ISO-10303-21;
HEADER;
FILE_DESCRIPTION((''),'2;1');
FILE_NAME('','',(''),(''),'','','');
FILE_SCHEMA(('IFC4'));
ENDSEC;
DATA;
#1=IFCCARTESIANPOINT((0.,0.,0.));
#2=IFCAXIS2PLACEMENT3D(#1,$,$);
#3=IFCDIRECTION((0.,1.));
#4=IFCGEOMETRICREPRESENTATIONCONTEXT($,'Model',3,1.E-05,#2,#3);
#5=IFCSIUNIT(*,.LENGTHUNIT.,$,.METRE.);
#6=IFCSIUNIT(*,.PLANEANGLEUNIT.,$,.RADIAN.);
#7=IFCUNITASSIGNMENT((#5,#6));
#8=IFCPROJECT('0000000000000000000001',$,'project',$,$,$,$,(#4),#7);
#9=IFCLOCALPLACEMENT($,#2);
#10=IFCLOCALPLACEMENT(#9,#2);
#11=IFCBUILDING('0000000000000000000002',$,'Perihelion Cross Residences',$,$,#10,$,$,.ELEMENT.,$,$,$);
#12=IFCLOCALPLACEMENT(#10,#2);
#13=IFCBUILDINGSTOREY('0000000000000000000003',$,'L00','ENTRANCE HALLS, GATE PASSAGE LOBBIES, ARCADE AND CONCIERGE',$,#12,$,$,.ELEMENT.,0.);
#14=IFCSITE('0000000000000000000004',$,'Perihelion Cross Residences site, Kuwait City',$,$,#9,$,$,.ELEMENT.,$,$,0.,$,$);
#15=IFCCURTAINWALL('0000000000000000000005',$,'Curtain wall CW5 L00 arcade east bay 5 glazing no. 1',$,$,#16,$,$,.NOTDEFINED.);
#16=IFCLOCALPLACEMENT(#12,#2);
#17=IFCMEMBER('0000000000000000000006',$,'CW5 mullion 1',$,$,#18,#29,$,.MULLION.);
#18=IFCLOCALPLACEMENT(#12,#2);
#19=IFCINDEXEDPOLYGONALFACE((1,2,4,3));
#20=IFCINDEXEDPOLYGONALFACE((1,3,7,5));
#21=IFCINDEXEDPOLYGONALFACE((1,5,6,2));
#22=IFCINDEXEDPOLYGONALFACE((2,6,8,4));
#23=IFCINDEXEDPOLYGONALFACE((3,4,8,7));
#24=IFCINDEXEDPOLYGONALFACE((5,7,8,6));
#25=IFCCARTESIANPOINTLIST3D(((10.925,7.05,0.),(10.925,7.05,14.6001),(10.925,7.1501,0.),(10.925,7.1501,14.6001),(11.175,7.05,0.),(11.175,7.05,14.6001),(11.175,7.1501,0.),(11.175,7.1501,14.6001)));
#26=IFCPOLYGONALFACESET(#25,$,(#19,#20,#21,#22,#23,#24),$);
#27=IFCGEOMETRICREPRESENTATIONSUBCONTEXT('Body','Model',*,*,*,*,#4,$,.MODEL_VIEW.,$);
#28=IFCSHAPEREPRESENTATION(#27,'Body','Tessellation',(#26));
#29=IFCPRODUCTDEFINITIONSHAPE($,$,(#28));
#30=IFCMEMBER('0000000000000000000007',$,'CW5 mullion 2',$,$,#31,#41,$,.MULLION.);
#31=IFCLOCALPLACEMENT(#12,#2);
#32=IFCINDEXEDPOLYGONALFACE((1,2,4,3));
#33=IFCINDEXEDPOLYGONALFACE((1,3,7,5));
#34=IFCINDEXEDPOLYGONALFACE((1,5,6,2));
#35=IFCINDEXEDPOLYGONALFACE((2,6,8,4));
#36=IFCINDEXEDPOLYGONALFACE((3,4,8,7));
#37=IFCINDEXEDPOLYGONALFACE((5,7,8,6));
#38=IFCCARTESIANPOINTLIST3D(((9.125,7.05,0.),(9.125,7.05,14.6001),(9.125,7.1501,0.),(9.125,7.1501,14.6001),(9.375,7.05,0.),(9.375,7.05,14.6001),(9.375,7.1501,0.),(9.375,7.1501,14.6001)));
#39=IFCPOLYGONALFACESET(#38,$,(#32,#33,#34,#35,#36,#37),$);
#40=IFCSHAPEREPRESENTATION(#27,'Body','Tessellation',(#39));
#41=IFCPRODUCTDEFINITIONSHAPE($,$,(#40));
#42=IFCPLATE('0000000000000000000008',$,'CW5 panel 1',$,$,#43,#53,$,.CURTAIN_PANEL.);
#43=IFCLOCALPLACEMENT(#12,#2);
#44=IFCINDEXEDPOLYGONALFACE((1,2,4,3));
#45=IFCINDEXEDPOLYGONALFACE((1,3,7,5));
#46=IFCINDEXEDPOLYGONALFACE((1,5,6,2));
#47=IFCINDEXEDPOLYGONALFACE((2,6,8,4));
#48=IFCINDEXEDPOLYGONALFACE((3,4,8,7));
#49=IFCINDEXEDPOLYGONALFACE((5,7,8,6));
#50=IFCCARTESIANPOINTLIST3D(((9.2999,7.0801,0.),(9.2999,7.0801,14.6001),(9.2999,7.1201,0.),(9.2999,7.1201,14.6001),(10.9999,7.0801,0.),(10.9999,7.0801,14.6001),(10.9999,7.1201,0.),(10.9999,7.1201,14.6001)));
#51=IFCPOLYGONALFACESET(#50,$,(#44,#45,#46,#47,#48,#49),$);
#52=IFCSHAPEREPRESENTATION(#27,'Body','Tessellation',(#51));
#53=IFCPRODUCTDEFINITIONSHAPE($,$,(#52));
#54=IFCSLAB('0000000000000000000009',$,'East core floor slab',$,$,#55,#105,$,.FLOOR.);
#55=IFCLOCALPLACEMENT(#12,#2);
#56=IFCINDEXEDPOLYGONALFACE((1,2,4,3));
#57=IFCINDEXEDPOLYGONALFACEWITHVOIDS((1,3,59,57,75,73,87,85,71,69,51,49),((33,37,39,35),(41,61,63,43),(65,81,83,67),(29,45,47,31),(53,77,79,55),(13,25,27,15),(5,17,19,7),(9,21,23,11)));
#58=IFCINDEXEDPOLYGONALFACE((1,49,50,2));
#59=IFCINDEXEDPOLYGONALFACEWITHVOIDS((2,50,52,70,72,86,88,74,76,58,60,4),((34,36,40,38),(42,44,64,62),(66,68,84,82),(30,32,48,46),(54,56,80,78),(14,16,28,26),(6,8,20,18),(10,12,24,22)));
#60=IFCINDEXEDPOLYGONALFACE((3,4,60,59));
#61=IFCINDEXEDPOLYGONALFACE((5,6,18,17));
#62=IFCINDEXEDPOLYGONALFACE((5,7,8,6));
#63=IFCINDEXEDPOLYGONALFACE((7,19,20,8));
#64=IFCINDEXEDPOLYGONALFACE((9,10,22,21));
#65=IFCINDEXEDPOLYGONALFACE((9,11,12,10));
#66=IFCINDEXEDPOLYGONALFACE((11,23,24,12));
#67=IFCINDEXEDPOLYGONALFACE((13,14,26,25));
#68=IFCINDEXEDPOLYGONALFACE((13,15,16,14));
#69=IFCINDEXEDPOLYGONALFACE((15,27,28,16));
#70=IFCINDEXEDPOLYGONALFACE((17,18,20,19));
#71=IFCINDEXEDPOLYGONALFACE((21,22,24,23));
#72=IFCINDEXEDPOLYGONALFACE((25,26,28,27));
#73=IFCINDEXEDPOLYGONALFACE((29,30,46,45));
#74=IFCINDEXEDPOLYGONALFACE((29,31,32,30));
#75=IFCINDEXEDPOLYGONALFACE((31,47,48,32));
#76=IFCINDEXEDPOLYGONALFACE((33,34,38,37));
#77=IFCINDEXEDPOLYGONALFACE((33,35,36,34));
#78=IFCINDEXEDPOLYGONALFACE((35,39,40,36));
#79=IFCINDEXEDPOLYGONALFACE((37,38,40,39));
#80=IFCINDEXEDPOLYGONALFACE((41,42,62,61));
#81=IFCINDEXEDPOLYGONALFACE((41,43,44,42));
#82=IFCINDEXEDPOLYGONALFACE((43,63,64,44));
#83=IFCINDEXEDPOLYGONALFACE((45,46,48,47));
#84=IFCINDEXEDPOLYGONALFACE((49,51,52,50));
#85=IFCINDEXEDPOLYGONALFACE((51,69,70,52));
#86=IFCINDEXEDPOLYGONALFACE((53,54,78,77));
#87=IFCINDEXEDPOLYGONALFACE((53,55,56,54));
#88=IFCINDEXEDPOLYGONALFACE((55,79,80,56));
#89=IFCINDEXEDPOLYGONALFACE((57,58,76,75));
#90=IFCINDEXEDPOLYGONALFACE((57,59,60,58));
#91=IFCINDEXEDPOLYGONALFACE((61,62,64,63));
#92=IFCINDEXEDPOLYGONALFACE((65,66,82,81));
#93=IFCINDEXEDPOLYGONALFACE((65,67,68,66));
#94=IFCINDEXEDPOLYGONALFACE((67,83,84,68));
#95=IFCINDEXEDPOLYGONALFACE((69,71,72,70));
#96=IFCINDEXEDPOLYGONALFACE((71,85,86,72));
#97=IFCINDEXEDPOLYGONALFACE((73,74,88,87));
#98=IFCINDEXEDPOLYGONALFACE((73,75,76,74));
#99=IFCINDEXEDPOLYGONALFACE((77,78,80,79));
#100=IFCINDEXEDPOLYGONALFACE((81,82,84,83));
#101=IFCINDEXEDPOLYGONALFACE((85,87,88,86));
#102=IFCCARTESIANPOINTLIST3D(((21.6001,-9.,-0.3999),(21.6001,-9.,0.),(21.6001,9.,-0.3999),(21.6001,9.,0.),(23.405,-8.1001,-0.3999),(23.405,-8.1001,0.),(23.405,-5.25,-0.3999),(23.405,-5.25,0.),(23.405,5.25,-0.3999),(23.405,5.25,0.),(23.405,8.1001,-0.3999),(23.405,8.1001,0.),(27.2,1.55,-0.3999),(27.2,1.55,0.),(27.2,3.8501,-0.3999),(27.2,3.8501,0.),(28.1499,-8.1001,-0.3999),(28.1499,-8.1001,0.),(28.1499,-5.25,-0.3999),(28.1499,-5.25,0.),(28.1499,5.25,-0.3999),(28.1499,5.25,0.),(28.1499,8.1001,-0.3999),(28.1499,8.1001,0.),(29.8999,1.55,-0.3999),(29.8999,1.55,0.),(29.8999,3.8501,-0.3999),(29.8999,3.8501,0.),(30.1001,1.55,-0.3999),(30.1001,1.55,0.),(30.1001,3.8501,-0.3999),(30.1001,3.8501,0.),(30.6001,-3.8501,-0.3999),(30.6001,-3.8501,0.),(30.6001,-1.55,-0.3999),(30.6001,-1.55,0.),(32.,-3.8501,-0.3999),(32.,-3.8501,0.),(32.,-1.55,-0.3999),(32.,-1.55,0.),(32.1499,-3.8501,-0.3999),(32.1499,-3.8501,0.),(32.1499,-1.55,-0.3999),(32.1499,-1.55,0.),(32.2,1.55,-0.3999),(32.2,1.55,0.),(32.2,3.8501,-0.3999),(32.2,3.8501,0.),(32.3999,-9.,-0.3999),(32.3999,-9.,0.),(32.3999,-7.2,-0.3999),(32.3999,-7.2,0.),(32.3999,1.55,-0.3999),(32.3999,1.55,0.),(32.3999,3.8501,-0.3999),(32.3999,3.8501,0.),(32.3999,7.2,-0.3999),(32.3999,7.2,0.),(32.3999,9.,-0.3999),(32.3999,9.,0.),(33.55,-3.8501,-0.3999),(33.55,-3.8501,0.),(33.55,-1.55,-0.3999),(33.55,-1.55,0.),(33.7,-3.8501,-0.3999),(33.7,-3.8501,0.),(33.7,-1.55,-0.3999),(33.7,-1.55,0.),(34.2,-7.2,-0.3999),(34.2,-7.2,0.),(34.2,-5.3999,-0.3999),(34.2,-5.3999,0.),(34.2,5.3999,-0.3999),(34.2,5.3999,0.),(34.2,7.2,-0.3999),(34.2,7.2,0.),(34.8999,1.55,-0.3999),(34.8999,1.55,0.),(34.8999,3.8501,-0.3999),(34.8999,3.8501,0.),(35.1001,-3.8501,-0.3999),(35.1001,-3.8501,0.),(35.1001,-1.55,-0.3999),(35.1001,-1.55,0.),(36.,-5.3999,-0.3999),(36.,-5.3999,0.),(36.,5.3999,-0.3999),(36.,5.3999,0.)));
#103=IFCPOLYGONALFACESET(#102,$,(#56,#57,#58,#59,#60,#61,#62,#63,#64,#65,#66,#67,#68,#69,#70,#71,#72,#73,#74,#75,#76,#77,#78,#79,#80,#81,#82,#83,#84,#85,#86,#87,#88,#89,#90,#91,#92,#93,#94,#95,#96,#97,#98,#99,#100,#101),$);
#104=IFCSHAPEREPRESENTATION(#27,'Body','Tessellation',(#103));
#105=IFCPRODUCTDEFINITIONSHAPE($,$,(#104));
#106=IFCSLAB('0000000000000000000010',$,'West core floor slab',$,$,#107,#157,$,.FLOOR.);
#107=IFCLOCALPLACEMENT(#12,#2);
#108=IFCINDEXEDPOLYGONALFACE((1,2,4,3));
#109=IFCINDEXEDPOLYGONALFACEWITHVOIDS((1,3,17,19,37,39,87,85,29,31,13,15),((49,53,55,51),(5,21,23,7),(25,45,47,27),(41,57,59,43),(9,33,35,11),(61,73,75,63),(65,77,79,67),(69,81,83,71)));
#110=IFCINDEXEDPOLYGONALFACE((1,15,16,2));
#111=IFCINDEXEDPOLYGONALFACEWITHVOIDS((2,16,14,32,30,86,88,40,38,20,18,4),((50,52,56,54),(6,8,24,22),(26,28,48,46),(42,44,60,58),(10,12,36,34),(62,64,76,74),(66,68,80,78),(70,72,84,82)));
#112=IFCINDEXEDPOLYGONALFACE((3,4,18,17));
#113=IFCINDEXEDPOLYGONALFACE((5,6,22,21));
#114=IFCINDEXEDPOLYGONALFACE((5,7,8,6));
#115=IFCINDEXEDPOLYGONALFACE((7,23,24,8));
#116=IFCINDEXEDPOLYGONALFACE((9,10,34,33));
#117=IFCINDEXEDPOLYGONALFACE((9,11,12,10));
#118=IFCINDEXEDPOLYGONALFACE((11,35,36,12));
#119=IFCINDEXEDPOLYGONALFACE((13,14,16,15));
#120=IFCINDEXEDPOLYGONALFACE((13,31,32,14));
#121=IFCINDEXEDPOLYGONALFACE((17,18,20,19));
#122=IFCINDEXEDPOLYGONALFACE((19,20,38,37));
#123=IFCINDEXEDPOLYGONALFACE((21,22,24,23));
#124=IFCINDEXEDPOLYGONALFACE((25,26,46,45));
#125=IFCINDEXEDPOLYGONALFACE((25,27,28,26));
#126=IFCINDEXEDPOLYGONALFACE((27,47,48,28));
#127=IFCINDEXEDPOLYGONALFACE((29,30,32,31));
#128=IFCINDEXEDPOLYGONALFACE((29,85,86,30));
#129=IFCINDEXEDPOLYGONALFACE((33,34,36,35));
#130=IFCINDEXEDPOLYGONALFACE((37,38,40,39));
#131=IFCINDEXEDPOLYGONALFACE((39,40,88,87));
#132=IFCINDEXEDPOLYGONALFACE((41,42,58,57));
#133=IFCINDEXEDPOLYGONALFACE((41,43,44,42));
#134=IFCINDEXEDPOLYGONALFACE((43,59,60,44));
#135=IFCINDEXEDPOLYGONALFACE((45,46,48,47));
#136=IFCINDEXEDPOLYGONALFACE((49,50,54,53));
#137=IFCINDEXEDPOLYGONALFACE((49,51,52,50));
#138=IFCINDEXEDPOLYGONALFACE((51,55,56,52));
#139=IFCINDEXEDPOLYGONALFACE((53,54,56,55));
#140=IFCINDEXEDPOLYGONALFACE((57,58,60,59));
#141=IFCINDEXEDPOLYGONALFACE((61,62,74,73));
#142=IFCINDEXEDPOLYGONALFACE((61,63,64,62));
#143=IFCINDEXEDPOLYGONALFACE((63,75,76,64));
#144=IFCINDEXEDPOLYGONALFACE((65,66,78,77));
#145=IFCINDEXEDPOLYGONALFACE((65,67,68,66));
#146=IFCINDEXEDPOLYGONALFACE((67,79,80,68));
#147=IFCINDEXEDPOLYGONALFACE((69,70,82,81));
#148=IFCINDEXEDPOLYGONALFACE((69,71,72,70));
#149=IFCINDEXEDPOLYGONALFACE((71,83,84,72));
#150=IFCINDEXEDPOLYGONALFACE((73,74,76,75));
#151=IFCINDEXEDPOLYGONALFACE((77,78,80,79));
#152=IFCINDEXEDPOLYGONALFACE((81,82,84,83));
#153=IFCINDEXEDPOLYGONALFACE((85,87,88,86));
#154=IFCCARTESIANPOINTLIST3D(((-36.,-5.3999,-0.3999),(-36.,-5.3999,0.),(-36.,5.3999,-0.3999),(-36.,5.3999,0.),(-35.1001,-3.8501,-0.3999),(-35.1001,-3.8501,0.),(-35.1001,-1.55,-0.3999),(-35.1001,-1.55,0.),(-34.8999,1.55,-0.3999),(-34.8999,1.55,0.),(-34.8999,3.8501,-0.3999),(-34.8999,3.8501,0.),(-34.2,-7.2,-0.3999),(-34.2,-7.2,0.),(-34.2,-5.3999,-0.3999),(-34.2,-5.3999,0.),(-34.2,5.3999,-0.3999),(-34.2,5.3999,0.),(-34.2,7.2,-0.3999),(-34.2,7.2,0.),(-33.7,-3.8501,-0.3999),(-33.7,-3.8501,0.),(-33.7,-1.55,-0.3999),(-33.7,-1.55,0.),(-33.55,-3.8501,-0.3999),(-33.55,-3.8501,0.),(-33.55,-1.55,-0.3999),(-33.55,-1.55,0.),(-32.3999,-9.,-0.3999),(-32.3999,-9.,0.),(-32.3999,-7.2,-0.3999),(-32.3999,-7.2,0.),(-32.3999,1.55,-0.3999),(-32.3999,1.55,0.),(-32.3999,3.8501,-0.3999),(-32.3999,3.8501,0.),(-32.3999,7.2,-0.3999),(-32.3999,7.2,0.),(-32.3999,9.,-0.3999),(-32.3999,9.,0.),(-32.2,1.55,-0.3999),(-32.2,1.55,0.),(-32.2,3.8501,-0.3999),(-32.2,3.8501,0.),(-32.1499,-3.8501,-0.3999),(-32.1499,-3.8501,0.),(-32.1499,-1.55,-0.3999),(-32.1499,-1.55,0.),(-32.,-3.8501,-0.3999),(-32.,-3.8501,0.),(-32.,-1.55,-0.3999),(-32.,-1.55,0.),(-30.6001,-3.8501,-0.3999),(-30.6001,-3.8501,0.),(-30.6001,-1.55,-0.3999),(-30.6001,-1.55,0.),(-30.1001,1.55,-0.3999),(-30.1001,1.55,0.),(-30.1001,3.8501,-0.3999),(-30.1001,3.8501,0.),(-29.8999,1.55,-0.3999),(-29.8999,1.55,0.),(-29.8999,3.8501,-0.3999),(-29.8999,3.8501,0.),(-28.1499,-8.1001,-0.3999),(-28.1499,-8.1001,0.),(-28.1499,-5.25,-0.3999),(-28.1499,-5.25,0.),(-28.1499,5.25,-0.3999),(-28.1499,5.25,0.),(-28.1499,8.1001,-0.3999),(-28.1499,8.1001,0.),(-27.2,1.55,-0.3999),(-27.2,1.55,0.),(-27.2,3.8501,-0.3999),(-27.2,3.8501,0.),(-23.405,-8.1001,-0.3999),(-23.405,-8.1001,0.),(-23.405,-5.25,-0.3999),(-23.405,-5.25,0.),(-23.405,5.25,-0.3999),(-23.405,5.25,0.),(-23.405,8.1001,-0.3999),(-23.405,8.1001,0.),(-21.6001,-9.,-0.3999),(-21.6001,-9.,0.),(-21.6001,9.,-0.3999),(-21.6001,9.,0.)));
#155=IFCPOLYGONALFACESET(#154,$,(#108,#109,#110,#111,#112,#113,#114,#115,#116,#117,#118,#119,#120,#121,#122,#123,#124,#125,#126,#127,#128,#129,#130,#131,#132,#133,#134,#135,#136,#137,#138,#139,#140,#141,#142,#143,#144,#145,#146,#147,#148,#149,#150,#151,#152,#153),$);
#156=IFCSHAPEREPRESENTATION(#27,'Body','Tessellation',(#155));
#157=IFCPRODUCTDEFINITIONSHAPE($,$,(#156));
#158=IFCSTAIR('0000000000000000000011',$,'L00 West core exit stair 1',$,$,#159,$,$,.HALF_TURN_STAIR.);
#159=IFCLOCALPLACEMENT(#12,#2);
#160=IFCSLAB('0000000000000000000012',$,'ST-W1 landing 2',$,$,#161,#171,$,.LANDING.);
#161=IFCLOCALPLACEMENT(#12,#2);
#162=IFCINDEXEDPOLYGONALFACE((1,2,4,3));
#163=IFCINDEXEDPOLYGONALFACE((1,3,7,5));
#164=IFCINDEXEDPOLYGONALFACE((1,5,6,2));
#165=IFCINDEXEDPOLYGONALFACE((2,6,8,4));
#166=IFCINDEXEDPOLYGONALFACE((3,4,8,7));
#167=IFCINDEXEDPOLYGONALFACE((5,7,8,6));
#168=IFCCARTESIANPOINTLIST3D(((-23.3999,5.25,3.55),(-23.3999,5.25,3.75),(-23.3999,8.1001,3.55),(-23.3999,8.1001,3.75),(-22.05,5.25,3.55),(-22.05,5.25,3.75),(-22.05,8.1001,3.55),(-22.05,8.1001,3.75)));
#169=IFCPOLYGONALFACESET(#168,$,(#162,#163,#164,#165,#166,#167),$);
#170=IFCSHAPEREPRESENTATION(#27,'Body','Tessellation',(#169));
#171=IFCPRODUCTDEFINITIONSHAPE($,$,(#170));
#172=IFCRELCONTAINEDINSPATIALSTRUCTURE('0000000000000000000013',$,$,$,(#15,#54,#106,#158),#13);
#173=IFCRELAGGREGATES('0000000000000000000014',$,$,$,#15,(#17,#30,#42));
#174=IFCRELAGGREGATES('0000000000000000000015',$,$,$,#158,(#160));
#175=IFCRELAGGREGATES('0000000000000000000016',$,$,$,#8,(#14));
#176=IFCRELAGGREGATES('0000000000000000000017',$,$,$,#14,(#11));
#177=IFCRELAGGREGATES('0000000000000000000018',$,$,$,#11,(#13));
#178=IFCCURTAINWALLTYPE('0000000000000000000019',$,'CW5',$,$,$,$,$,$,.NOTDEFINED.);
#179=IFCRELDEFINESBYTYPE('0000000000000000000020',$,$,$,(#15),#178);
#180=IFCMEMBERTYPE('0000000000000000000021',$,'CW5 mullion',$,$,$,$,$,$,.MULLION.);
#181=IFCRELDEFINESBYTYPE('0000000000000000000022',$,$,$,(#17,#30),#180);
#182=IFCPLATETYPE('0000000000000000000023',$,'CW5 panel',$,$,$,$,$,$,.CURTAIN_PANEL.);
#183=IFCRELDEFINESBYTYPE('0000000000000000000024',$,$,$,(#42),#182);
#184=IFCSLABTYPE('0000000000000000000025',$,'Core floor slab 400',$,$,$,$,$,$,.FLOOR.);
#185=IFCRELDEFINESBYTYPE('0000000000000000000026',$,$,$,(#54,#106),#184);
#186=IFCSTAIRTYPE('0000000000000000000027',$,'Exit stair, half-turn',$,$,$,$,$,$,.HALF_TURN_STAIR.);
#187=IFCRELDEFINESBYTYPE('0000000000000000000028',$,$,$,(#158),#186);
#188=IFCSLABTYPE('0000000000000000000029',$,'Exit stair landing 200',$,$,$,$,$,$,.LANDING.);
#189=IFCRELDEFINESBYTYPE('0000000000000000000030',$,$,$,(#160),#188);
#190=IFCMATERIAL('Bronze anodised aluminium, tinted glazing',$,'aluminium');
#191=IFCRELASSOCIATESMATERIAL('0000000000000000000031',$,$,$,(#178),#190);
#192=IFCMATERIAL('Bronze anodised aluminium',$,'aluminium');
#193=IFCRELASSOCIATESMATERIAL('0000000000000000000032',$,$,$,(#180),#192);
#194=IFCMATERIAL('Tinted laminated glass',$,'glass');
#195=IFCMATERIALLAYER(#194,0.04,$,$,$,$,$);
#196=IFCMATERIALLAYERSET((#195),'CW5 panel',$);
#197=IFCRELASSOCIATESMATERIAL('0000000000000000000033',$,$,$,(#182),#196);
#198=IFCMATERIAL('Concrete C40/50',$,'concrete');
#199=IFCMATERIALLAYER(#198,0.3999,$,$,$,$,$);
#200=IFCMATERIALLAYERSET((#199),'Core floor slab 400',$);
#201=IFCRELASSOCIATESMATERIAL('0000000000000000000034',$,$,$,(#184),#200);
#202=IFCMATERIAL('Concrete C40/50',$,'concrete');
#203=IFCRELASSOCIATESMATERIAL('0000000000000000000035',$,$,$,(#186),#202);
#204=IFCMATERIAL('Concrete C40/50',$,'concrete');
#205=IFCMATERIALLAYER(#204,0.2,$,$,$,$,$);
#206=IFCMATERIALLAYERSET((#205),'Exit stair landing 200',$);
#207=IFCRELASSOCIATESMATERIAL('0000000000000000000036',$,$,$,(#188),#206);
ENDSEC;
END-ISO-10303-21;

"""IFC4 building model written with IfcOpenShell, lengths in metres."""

from ifc_helpers import new_model, si_unit, direction, frame, origin, origin_2d, place, context, subcontext, project, spatial, polyline, rectangle, outline, extrude, material, layer, layer_set, material_profile, profile_set, type_object, element, aggregate, save


model = new_model("IFC4")

# Units and contexts
model_context = context("Model", 3, precision=1e-05, world=origin(), true_north=direction((0.0, 1.0)))
body_context = subcontext(model_context, "Body", "Model", "MODEL_VIEW")
ifc_project = project(units=[si_unit("LENGTHUNIT", "METRE"), si_unit("PLANEANGLEUNIT", "RADIAN")], contexts=[model_context])

# Site, building, storey
site_placement = place(None, origin())
site = spatial("IfcSite", under=ifc_project, at=site_placement, Name="Perihelion Cross Residences site, Kuwait City", CompositionType="ELEMENT", RefElevation=0.0)
building_placement = place(site_placement, origin())
building = spatial("IfcBuilding", under=site, at=building_placement, Name="Perihelion Cross Residences", CompositionType="ELEMENT")
storey_placement = place(building_placement, origin())
storey = spatial("IfcBuildingStorey", under=building, at=storey_placement, Name="L00", Description="ENTRANCE HALLS, GATE PASSAGE LOBBIES, ARCADE AND CONCIERGE", CompositionType="ELEMENT", Elevation=0.0)

# Curtain wall, members, plate
ifc_material_1 = material(Name="Bronze anodised aluminium, tinted glazing", Category="aluminium")
curtain_wall_type = type_object("IfcCurtainWallType", Name="CW5", PredefinedType="NOTDEFINED", material=ifc_material_1)
curtain_wall_placement = place(storey_placement, origin())
curtain_wall = element("IfcCurtainWall", 1, at=curtain_wall_placement, inside=storey, type_object=curtain_wall_type, Name="Curtain wall CW5 L00 arcade east bay 5 glazing no. 1", PredefinedType="NOTDEFINED")
ifc_material_2 = material(Name="Bronze anodised aluminium", Category="aluminium")
ifc_material_profile = material_profile(ifc_material_2, rectangle(XDim=0.1001, YDim=0.25, at=origin_2d()), Name="CW5 mullion")
ifc_profile_set = profile_set([ifc_material_profile], Name="Bronze anodised aluminium")
member_type = type_object("IfcMemberType", Name="CW5 mullion", PredefinedType="MULLION", material=ifc_profile_set)
member_1_placement = place(storey_placement, frame((11.05, 7.1001, 0.0), z_axis=(0.0, 0.0, 1.0), x_axis=(0.0, -1.0, 0.0)))
member_1 = element("IfcMember", 2, at=member_1_placement, type_object=member_type, Name="CW5 mullion 1", PredefinedType="MULLION", context=body_context, shape_type="SweptSolid", body=[
    extrude(rectangle(XDim=0.1001, YDim=0.25, at=origin_2d()), origin(), (0.0, 0.0, 1.0), 14.6001),
])
member_2_placement = place(storey_placement, frame((9.25, 7.1001, 0.0), z_axis=(0.0, 0.0, 1.0), x_axis=(0.0, -1.0, 0.0)))
member_2 = element("IfcMember", 3, at=member_2_placement, type_object=member_type, Name="CW5 mullion 2", PredefinedType="MULLION", context=body_context, shape_type="SweptSolid", body=[
    extrude(rectangle(XDim=0.1001, YDim=0.25, at=origin_2d()), origin(), (0.0, 0.0, 1.0), 14.6001),
])
ifc_material_3 = material(Name="Tinted laminated glass", Category="glass")
ifc_layer_1 = layer(ifc_material_3, 0.04)
ifc_layer_set_1 = layer_set([ifc_layer_1], Name="CW5 panel")
plate_type = type_object("IfcPlateType", Name="CW5 panel", PredefinedType="CURTAIN_PANEL", material=ifc_layer_set_1)
plate_placement = place(storey_placement, frame((10.1499, 7.1001, 0.0), z_axis=(0.0, 0.0, 1.0), x_axis=(-1.0, 0.0, 0.0)))
plate = element("IfcPlate", 4, at=plate_placement, type_object=plate_type, Name="CW5 panel 1", PredefinedType="CURTAIN_PANEL", context=body_context, shape_type="SweptSolid", body=[
    extrude(rectangle(XDim=1.7, YDim=0.04, at=origin_2d()), origin(), (0.0, 0.0, 1.0), 14.6001),
])
aggregate(curtain_wall, [member_1, member_2, plate])

# Slabs
ifc_material_4 = material(Name="Concrete C40/50", Category="concrete")
ifc_layer_2 = layer(ifc_material_4, 0.3999)
ifc_layer_set_2 = layer_set([ifc_layer_2], Name="Core floor slab 400")
slab_type_1 = type_object("IfcSlabType", Name="Core floor slab 400", PredefinedType="FLOOR", material=ifc_layer_set_2)
slab_1_placement = place(storey_placement, frame((0.0, 0.0, -0.3999)))
element("IfcSlab", 5, at=slab_1_placement, inside=storey, type_object=slab_type_1, Name="East core floor slab", PredefinedType="FLOOR", context=body_context, shape_type="SweptSolid", body=[
    extrude(outline(polyline([(32.3999, 7.2), (34.2, 7.2), (34.2, 5.3999), (36.0, 5.3999), (36.0, -5.3999), (34.2, -5.3999), (34.2, -7.2), (32.3999, -7.2), (32.3999, -9.0), (21.6001, -9.0), (21.6001, 9.0), (32.3999, 9.0), (32.3999, 7.2)]), holes=[polyline([(23.405, -8.1001), (28.1499, -8.1001), (28.1499, -5.25), (23.405, -5.25), (23.405, -8.1001)]), polyline([(30.6001, -1.55), (30.6001, -3.8501), (32.0, -3.8501), (32.0, -1.55), (30.6001, -1.55)]), polyline([(32.1499, -1.55), (32.1499, -3.8501), (33.55, -3.8501), (33.55, -1.55), (32.1499, -1.55)]), polyline([(33.7, -1.55), (33.7, -3.8501), (35.1001, -3.8501), (35.1001, -1.55), (33.7, -1.55)]), polyline([(27.2, 3.8501), (27.2, 1.55), (29.8999, 1.55), (29.8999, 3.8501), (27.2, 3.8501)]), polyline([(30.1001, 3.8501), (30.1001, 1.55), (32.2, 1.55), (32.2, 3.8501), (30.1001, 3.8501)]), polyline([(32.3999, 3.8501), (32.3999, 1.55), (34.8999, 1.55), (34.8999, 3.8501), (32.3999, 3.8501)]), polyline([(23.405, 5.25), (28.1499, 5.25), (28.1499, 8.1001), (23.405, 8.1001), (23.405, 5.25)])]), origin(), (0.0, 0.0, 1.0), 0.3999),
])
slab_2_placement = place(storey_placement, frame((0.0, 0.0, -0.3999)))
element("IfcSlab", 6, at=slab_2_placement, inside=storey, type_object=slab_type_1, Name="West core floor slab", PredefinedType="FLOOR", context=body_context, shape_type="SweptSolid", body=[
    extrude(outline(polyline([(-32.3999, 7.2), (-34.2, 7.2), (-34.2, 5.3999), (-36.0, 5.3999), (-36.0, -5.3999), (-34.2, -5.3999), (-34.2, -7.2), (-32.3999, -7.2), (-32.3999, -9.0), (-21.6001, -9.0), (-21.6001, 9.0), (-32.3999, 9.0), (-32.3999, 7.2)]), holes=[polyline([(-23.405, -8.1001), (-28.1499, -8.1001), (-28.1499, -5.25), (-23.405, -5.25), (-23.405, -8.1001)]), polyline([(-30.6001, -1.55), (-30.6001, -3.8501), (-32.0, -3.8501), (-32.0, -1.55), (-30.6001, -1.55)]), polyline([(-32.1499, -1.55), (-32.1499, -3.8501), (-33.55, -3.8501), (-33.55, -1.55), (-32.1499, -1.55)]), polyline([(-33.7, -1.55), (-33.7, -3.8501), (-35.1001, -3.8501), (-35.1001, -1.55), (-33.7, -1.55)]), polyline([(-27.2, 3.8501), (-27.2, 1.55), (-29.8999, 1.55), (-29.8999, 3.8501), (-27.2, 3.8501)]), polyline([(-30.1001, 3.8501), (-30.1001, 1.55), (-32.2, 1.55), (-32.2, 3.8501), (-30.1001, 3.8501)]), polyline([(-32.3999, 3.8501), (-32.3999, 1.55), (-34.8999, 1.55), (-34.8999, 3.8501), (-32.3999, 3.8501)]), polyline([(-23.405, 5.25), (-28.1499, 5.25), (-28.1499, 8.1001), (-23.405, 8.1001), (-23.405, 5.25)])]), origin(), (0.0, 0.0, 1.0), 0.3999),
])

# Stair, slab
ifc_material_5 = material(Name="Concrete C40/50", Category="concrete")
stair_type = type_object("IfcStairType", Name="Exit stair, half-turn", PredefinedType="HALF_TURN_STAIR", material=ifc_material_5)
stair_1_placement = place(storey_placement, origin())
stair_1 = element("IfcStair", 7, at=stair_1_placement, inside=storey, type_object=stair_type, Name="L00 West core exit stair 1", PredefinedType="HALF_TURN_STAIR")
ifc_material_6 = material(Name="Concrete C40/50", Category="concrete")
ifc_layer_3 = layer(ifc_material_6, 0.2)
ifc_layer_set_3 = layer_set([ifc_layer_3], Name="Exit stair landing 200")
slab_type_2 = type_object("IfcSlabType", Name="Exit stair landing 200", PredefinedType="LANDING", material=ifc_layer_set_3)
slab_3_placement = place(storey_placement, frame((0.0, 0.0, 3.55)))
slab_3 = element("IfcSlab", 8, at=slab_3_placement, type_object=slab_type_2, Name="ST-W1 landing 2", PredefinedType="LANDING", context=body_context, shape_type="SweptSolid", body=[
    extrude(outline(polyline([(-22.05, 8.1001), (-23.3999, 8.1001), (-23.3999, 5.25), (-22.05, 5.25), (-22.05, 8.1001)])), origin(), (0.0, 0.0, 1.0), 0.2),
])
aggregate(stair_1, [slab_3])

save(model, "model.ifc")
